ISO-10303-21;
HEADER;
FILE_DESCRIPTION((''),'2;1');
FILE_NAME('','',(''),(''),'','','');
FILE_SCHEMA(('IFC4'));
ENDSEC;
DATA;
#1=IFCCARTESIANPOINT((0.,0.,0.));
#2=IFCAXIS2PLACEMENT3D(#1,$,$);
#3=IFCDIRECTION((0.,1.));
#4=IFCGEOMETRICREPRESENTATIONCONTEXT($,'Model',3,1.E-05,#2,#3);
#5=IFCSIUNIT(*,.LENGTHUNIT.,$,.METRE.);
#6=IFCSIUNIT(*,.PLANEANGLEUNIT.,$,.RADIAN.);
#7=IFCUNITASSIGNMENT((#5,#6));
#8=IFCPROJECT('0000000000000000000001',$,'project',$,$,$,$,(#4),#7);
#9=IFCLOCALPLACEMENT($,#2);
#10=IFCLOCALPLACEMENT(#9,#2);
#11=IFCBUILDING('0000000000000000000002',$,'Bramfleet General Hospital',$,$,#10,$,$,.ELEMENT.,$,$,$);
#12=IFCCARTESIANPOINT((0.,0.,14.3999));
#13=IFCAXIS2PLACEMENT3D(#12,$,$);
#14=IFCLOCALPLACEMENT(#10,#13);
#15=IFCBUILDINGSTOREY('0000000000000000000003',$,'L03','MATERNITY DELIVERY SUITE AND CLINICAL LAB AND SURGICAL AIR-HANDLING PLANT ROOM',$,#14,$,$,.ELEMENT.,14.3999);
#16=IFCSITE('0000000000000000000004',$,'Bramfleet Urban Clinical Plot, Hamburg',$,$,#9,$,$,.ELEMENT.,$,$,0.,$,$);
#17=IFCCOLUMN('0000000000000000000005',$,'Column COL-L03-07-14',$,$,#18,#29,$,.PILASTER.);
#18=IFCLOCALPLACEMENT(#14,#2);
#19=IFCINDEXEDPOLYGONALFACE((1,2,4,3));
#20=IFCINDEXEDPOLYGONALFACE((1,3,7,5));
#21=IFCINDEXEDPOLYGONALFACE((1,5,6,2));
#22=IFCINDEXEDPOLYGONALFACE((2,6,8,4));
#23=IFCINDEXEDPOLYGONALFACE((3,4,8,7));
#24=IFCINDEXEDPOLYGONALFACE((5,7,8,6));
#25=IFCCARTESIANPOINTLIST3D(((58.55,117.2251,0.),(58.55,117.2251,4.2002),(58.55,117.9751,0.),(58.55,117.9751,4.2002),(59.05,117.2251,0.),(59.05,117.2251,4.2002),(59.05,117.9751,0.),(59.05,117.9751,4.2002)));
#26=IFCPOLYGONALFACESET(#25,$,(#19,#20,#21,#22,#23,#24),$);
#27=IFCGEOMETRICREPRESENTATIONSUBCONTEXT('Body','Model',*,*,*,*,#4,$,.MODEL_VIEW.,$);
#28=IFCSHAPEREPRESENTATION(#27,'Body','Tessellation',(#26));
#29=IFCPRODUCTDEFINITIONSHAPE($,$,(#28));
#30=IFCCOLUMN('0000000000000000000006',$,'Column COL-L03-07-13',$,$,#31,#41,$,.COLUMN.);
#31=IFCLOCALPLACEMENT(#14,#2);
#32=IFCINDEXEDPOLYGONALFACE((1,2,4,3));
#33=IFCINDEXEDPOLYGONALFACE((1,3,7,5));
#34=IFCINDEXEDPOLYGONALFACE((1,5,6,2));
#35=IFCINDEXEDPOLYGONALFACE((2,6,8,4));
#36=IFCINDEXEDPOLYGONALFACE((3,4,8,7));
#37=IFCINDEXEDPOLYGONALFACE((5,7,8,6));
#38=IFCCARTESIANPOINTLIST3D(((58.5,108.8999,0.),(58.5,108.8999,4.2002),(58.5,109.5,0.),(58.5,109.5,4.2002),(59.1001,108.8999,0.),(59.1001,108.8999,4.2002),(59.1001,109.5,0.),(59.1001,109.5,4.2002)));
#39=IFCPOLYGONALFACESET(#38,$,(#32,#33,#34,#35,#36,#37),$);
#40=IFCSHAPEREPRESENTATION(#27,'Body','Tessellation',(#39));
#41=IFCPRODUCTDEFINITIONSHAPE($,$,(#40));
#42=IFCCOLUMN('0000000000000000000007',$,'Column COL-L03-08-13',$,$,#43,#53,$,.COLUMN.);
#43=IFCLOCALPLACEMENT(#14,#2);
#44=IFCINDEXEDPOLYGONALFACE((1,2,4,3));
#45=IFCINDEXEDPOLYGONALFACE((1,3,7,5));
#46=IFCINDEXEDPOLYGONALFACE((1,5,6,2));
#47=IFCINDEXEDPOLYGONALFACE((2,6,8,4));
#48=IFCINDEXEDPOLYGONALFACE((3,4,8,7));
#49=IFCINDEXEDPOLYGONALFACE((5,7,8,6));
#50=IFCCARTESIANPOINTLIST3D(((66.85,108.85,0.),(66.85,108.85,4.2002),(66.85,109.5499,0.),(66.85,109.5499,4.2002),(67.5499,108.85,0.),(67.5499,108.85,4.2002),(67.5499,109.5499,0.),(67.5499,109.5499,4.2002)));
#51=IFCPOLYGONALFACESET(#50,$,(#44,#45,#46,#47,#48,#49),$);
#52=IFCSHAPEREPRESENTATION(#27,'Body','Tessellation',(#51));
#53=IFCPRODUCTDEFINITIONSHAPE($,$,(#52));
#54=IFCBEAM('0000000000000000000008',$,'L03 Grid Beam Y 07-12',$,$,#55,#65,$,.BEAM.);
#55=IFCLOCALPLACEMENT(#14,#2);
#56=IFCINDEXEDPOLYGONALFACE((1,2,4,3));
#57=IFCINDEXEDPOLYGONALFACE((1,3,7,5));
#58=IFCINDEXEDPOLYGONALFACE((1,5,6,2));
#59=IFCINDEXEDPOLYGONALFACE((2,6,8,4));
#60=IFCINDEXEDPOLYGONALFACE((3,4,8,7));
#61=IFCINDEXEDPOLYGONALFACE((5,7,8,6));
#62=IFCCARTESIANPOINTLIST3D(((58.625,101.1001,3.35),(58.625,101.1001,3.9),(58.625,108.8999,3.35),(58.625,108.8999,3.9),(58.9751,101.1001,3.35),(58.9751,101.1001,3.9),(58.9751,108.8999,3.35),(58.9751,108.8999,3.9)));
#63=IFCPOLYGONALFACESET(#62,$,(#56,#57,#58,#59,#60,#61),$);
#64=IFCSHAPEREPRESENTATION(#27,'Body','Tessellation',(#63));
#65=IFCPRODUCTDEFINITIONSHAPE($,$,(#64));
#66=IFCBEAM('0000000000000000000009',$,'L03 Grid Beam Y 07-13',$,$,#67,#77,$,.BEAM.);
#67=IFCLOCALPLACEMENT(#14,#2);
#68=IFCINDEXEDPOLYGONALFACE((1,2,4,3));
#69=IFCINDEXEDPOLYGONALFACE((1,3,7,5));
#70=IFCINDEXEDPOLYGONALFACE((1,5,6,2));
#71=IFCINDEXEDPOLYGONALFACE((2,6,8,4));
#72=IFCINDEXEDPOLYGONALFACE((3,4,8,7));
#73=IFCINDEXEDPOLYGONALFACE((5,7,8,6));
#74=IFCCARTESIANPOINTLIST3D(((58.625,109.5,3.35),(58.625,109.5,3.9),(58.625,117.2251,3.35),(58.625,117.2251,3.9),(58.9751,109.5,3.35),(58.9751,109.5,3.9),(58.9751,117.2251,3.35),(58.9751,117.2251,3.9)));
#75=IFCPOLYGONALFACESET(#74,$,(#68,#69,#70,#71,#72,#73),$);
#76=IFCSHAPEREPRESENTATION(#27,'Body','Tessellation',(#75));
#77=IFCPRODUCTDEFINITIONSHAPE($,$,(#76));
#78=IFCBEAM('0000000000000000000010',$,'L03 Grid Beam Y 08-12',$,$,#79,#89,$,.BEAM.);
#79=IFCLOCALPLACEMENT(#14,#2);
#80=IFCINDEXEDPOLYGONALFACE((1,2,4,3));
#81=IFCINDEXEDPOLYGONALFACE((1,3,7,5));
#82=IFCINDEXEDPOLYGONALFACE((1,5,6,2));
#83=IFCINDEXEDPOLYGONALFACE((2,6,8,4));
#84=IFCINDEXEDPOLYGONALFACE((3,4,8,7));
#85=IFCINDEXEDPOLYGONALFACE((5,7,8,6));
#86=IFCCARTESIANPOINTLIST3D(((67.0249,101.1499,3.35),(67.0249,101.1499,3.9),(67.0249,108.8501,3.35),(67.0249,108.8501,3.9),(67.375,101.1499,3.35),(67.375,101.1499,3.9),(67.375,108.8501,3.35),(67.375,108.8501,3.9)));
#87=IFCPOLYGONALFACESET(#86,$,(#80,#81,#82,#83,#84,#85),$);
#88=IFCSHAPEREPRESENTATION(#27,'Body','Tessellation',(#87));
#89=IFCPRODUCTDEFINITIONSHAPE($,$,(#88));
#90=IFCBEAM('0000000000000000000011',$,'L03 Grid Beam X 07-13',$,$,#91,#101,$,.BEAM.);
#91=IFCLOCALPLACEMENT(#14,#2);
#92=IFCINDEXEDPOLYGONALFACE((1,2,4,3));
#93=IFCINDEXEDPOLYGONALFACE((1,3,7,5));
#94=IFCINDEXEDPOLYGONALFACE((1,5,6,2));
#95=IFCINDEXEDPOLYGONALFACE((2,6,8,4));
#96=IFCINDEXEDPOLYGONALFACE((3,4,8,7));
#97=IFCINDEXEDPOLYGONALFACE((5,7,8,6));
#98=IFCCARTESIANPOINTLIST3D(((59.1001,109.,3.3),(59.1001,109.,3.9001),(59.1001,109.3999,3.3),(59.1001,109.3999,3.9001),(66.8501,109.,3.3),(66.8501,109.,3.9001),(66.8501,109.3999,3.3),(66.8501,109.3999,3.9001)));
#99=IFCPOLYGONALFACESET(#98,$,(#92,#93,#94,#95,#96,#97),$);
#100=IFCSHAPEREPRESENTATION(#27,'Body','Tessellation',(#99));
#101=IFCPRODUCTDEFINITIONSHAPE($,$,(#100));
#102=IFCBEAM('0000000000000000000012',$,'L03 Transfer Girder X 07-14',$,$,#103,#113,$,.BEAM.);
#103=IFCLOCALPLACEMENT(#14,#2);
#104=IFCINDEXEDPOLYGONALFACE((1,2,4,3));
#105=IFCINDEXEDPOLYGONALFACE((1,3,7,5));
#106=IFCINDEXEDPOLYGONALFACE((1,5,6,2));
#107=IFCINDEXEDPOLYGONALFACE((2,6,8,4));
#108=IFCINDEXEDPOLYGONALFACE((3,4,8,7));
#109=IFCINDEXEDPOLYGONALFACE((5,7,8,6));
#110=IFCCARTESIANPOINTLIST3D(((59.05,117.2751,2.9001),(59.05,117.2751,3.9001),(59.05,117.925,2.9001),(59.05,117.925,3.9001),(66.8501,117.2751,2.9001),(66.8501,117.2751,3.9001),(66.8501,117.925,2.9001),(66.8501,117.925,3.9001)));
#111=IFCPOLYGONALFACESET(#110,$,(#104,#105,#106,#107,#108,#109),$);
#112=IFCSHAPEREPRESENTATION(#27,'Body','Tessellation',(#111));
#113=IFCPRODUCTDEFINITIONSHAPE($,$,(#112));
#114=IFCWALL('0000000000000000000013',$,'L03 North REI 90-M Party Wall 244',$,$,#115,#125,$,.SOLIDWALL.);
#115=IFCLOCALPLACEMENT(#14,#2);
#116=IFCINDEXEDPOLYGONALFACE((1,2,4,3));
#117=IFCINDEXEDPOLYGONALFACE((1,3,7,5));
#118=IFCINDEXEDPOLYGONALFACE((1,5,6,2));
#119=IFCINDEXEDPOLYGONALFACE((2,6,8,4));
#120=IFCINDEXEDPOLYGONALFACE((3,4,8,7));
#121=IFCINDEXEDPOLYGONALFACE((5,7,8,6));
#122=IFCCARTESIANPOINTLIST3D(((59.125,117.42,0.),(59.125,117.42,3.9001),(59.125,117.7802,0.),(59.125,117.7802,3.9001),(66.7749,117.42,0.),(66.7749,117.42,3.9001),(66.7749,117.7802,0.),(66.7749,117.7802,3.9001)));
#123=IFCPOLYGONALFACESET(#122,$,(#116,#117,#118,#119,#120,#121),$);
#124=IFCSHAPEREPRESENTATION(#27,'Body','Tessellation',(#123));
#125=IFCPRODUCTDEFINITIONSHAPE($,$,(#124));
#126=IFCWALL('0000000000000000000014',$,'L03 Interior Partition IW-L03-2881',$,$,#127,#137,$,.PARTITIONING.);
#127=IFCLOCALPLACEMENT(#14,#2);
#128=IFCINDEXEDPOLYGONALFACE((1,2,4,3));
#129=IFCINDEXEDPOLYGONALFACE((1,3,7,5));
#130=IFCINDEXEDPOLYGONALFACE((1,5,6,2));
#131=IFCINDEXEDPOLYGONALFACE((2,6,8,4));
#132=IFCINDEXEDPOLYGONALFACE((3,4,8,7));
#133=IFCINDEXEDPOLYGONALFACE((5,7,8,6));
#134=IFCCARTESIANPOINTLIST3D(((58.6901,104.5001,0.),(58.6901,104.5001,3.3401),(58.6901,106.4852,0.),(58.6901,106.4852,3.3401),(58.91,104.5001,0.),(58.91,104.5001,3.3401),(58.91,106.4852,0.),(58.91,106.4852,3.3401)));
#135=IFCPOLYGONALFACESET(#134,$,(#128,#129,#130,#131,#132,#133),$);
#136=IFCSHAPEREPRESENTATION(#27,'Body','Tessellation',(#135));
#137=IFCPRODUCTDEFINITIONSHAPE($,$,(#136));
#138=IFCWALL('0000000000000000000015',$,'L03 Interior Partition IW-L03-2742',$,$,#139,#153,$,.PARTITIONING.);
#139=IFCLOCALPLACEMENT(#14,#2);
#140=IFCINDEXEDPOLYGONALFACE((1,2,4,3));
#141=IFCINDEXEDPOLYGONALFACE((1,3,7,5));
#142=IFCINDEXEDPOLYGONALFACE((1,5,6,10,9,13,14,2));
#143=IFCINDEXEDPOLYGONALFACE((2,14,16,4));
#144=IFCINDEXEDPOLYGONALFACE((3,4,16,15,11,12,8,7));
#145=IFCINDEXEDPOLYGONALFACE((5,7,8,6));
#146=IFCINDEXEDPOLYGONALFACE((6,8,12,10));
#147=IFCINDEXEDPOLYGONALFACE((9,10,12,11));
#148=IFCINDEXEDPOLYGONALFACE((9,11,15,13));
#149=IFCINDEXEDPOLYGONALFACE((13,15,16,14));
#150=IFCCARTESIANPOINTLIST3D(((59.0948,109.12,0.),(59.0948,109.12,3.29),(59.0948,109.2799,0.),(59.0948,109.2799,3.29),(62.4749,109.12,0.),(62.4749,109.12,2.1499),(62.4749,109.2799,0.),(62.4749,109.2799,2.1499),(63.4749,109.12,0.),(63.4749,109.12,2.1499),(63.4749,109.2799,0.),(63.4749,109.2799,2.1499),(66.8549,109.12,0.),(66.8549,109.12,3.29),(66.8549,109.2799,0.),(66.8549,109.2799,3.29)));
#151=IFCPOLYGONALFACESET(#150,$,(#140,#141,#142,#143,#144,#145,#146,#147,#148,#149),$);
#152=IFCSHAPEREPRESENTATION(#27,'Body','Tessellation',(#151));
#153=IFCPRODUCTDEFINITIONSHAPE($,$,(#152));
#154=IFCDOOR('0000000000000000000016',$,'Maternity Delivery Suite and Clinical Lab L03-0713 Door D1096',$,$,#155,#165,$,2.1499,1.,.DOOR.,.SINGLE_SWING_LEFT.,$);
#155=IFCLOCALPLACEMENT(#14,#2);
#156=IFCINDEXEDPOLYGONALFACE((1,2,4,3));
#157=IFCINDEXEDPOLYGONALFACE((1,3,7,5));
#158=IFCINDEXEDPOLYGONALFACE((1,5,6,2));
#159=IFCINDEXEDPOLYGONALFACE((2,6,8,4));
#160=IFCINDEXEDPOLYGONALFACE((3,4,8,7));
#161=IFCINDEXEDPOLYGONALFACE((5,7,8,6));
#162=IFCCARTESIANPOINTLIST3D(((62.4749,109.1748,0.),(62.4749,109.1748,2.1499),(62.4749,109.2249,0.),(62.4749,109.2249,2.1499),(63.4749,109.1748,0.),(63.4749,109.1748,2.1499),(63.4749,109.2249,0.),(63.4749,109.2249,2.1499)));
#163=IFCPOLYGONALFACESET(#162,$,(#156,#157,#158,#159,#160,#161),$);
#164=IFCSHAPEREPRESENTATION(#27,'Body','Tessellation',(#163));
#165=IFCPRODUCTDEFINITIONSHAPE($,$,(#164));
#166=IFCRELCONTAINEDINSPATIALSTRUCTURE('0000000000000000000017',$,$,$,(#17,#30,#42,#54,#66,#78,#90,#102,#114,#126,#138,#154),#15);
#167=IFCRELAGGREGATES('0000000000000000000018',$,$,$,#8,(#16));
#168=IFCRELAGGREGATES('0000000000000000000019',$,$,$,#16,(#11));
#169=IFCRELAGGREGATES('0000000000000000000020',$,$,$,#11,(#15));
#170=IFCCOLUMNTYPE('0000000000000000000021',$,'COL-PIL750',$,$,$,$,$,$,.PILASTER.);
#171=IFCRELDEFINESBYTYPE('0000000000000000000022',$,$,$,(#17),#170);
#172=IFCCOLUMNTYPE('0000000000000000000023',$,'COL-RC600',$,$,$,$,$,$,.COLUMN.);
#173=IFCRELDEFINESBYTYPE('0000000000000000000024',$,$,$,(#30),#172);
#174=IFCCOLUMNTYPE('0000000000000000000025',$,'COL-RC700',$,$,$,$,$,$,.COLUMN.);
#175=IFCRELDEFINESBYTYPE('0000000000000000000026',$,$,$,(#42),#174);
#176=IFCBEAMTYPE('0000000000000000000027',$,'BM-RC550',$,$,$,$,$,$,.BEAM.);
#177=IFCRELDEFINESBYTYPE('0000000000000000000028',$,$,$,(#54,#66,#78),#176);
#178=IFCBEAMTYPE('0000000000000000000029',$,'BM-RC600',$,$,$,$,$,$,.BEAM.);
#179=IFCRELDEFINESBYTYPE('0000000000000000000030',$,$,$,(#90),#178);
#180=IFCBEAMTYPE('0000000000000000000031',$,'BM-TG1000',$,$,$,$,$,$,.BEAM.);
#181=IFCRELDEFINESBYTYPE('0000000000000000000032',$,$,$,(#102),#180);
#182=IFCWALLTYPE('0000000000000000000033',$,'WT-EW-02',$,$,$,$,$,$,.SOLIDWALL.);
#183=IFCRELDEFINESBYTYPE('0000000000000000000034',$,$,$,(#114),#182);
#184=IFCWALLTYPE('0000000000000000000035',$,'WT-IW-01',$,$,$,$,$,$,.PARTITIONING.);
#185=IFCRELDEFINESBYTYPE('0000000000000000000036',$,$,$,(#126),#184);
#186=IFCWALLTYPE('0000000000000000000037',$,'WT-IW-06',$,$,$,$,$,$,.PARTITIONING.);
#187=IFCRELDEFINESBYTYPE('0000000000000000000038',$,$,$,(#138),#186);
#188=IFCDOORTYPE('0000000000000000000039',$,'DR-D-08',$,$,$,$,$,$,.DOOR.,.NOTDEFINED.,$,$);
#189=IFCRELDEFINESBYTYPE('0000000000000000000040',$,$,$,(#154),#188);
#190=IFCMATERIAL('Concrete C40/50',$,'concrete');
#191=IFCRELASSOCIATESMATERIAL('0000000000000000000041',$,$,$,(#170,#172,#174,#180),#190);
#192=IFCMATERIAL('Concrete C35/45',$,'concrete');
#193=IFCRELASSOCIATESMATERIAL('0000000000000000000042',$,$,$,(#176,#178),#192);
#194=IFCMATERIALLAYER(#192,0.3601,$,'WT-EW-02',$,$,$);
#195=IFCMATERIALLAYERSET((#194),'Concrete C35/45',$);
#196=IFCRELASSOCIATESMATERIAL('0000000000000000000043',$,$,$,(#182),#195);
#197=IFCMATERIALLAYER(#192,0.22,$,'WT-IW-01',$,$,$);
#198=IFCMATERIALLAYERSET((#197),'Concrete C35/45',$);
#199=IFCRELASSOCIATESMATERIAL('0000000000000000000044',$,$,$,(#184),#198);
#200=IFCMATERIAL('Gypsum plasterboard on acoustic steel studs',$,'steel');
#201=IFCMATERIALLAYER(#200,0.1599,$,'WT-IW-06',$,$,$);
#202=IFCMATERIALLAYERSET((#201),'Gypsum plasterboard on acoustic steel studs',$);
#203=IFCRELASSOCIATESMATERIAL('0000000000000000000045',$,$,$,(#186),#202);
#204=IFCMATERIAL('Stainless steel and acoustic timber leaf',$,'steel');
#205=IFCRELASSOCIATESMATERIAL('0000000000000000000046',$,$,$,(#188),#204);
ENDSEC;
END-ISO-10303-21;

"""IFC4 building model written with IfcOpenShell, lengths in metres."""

from ifc_helpers import new_model, si_unit, direction, frame, frame_2d, origin, origin_2d, place, context, subcontext, project, spatial, rectangle, extrude, material, layer, layer_set, material_profile, profile_set, type_object, element, fill, save


model = new_model("IFC4")

# Units and contexts
model_context = context("Model", 3, precision=1e-05, world=origin(), true_north=direction((0.0, 1.0)))
body_context = subcontext(model_context, "Body", "Model", "MODEL_VIEW")
ifc_project = project(units=[si_unit("LENGTHUNIT", "METRE"), si_unit("PLANEANGLEUNIT", "RADIAN")], contexts=[model_context])

# Site, building, storey
site_placement = place(None, origin())
site = spatial("IfcSite", under=ifc_project, at=site_placement, Name="Bramfleet Urban Clinical Plot, Hamburg", CompositionType="ELEMENT", RefElevation=0.0)
building_placement = place(site_placement, origin())
building = spatial("IfcBuilding", under=site, at=building_placement, Name="Bramfleet General Hospital", CompositionType="ELEMENT")
storey_placement = place(building_placement, frame((0.0, 0.0, 14.3999)))
storey = spatial("IfcBuildingStorey", under=building, at=storey_placement, Name="L03", Description="MATERNITY DELIVERY SUITE AND CLINICAL LAB AND SURGICAL AIR-HANDLING PLANT ROOM", CompositionType="ELEMENT", Elevation=14.3999)

# Columns
ifc_material_1 = material(Name="Concrete C40/50", Category="concrete")
ifc_material_profile_1 = material_profile(ifc_material_1, rectangle(XDim=0.5, YDim=0.75, at=origin_2d()), Name="RC PIL 750x500")
ifc_profile_set_1 = profile_set([ifc_material_profile_1], Name="Concrete C40/50")
column_type_1 = type_object("IfcColumnType", Name="COL-PIL750", PredefinedType="PILASTER", material=ifc_profile_set_1)
column_1_placement = place(storey_placement, frame((58.8, 117.6001, 0.0), z_axis=(0.0, 0.0, 1.0), x_axis=(1.0, 0.0, 0.0)))
element("IfcColumn", 1, at=column_1_placement, inside=storey, type_object=column_type_1, Name="Column COL-L03-07-14", PredefinedType="PILASTER", context=body_context, shape_type="SweptSolid", body=[
    extrude(rectangle(XDim=0.5, YDim=0.75, at=origin_2d()), origin(), (0.0, 0.0, 1.0), 4.2002),
])
ifc_material_profile_2 = material_profile(ifc_material_1, rectangle(XDim=0.6001, YDim=0.6001, at=origin_2d()), Name="RC COL 600x600")
ifc_profile_set_2 = profile_set([ifc_material_profile_2], Name="Concrete C40/50")
column_type_2 = type_object("IfcColumnType", Name="COL-RC600", PredefinedType="COLUMN", material=ifc_profile_set_2)
column_2_placement = place(storey_placement, frame((58.8, 109.2, 0.0), z_axis=(0.0, 0.0, 1.0), x_axis=(1.0, 0.0, 0.0)))
element("IfcColumn", 2, at=column_2_placement, inside=storey, type_object=column_type_2, Name="Column COL-L03-07-13", PredefinedType="COLUMN", context=body_context, shape_type="SweptSolid", body=[
    extrude(rectangle(XDim=0.6001, YDim=0.6001, at=origin_2d()), origin(), (0.0, 0.0, 1.0), 4.2002),
])
ifc_material_profile_3 = material_profile(ifc_material_1, rectangle(XDim=0.7, YDim=0.7, at=origin_2d()), Name="RC COL 700x700")
ifc_profile_set_3 = profile_set([ifc_material_profile_3], Name="Concrete C40/50")
column_type_3 = type_object("IfcColumnType", Name="COL-RC700", PredefinedType="COLUMN", material=ifc_profile_set_3)
column_3_placement = place(storey_placement, frame((67.2, 109.2, 0.0), z_axis=(0.0, 0.0, 1.0), x_axis=(1.0, 0.0, 0.0)))
element("IfcColumn", 3, at=column_3_placement, inside=storey, type_object=column_type_3, Name="Column COL-L03-08-13", PredefinedType="COLUMN", context=body_context, shape_type="SweptSolid", body=[
    extrude(rectangle(XDim=0.7, YDim=0.7, at=origin_2d()), origin(), (0.0, 0.0, 1.0), 4.2002),
])

# Beams
ifc_material_2 = material(Name="Concrete C35/45", Category="concrete")
ifc_material_profile_4 = material_profile(ifc_material_2, rectangle(XDim=0.3501, YDim=0.55, at=origin_2d()), Name="RC BM 550x350")
ifc_profile_set_4 = profile_set([ifc_material_profile_4], Name="Concrete C35/45")
beam_type_1 = type_object("IfcBeamType", Name="BM-RC550", PredefinedType="BEAM", material=ifc_profile_set_4)
beam_1_placement = place(storey_placement, frame((58.8, 101.1001, 3.625), z_axis=(0.0, 1.0, 0.0), x_axis=(-1.0, 0.0, 0.0)))
element("IfcBeam", 4, at=beam_1_placement, inside=storey, type_object=beam_type_1, Name="L03 Grid Beam Y 07-12", PredefinedType="BEAM", context=body_context, shape_type="SweptSolid", body=[
    extrude(rectangle(XDim=0.3501, YDim=0.55, at=origin_2d()), origin(), (0.0, 0.0, 1.0), 7.7998),
])
beam_2_placement = place(storey_placement, frame((58.8, 109.5, 3.625), z_axis=(0.0, 1.0, 0.0), x_axis=(-1.0, 0.0, 0.0)))
element("IfcBeam", 5, at=beam_2_placement, inside=storey, type_object=beam_type_1, Name="L03 Grid Beam Y 07-13", PredefinedType="BEAM", context=body_context, shape_type="SweptSolid", body=[
    extrude(rectangle(XDim=0.3501, YDim=0.55, at=origin_2d()), origin(), (0.0, 0.0, 1.0), 7.7251),
])
beam_3_placement = place(storey_placement, frame((67.2, 101.1499, 3.625), z_axis=(0.0, 1.0, 0.0), x_axis=(-1.0, 0.0, 0.0)))
element("IfcBeam", 6, at=beam_3_placement, inside=storey, type_object=beam_type_1, Name="L03 Grid Beam Y 08-12", PredefinedType="BEAM", context=body_context, shape_type="SweptSolid", body=[
    extrude(rectangle(XDim=0.3501, YDim=0.55, at=origin_2d()), origin(), (0.0, 0.0, 1.0), 7.7002),
])
ifc_material_profile_5 = material_profile(ifc_material_2, rectangle(XDim=0.3999, YDim=0.6001, at=origin_2d()), Name="RC BM 600x400")
ifc_profile_set_5 = profile_set([ifc_material_profile_5], Name="Concrete C35/45")
beam_type_2 = type_object("IfcBeamType", Name="BM-RC600", PredefinedType="BEAM", material=ifc_profile_set_5)
beam_4_placement = place(storey_placement, frame((59.1001, 109.2, 3.6001), z_axis=(1.0, 0.0, 0.0), x_axis=(0.0, 1.0, 0.0)))
element("IfcBeam", 7, at=beam_4_placement, inside=storey, type_object=beam_type_2, Name="L03 Grid Beam X 07-13", PredefinedType="BEAM", context=body_context, shape_type="SweptSolid", body=[
    extrude(rectangle(XDim=0.3999, YDim=0.6001, at=origin_2d()), origin(), (0.0, 0.0, 1.0), 7.75),
])
ifc_material_profile_6 = material_profile(ifc_material_1, rectangle(XDim=0.6499, YDim=1.0, at=origin_2d()), Name="RC TG 1000x650")
ifc_profile_set_6 = profile_set([ifc_material_profile_6], Name="Concrete C40/50")
beam_type_3 = type_object("IfcBeamType", Name="BM-TG1000", PredefinedType="BEAM", material=ifc_profile_set_6)
beam_5_placement = place(storey_placement, frame((59.05, 117.6001, 3.4001), z_axis=(1.0, 0.0, 0.0), x_axis=(0.0, 1.0, 0.0)))
element("IfcBeam", 8, at=beam_5_placement, inside=storey, type_object=beam_type_3, Name="L03 Transfer Girder X 07-14", PredefinedType="BEAM", context=body_context, shape_type="SweptSolid", body=[
    extrude(rectangle(XDim=0.6499, YDim=1.0, at=origin_2d()), origin(), (0.0, 0.0, 1.0), 7.8),
])

# Walls
ifc_layer_1 = layer(ifc_material_2, 0.3601, Name="WT-EW-02")
ifc_layer_set_1 = layer_set([ifc_layer_1], Name="Concrete C35/45")
wall_type_1 = type_object("IfcWallType", Name="WT-EW-02", PredefinedType="SOLIDWALL", material=ifc_layer_set_1)
wall_1_placement = place(storey_placement, frame((59.125, 117.6001, 0.0), z_axis=(0.0, 0.0, 1.0), x_axis=(1.0, 0.0, 0.0)))
element("IfcWall", 9, at=wall_1_placement, inside=storey, type_object=wall_type_1, Name="L03 North REI 90-M Party Wall 244", PredefinedType="SOLIDWALL", context=body_context, shape_type="SweptSolid", body=[
    extrude(rectangle(XDim=7.6499, YDim=0.3601, at=frame_2d((3.825, 0.0))), origin(), (0.0, 0.0, 1.0), 3.9001),
])
ifc_layer_2 = layer(ifc_material_2, 0.22, Name="WT-IW-01")
ifc_layer_set_2 = layer_set([ifc_layer_2], Name="Concrete C35/45")
wall_type_2 = type_object("IfcWallType", Name="WT-IW-01", PredefinedType="PARTITIONING", material=ifc_layer_set_2)
wall_2_placement = place(storey_placement, frame((58.8, 104.5, 0.0), z_axis=(0.0, 0.0, 1.0), x_axis=(0.0, 1.0, 0.0)))
element("IfcWall", 10, at=wall_2_placement, inside=storey, type_object=wall_type_2, Name="L03 Interior Partition IW-L03-2881", PredefinedType="PARTITIONING", context=body_context, shape_type="SweptSolid", body=[
    extrude(rectangle(XDim=1.9851, YDim=0.22, at=frame_2d((0.9927, 0.0))), origin(), (0.0, 0.0, 1.0), 3.3401),
])

# Wall, opening, door
ifc_material_3 = material(Name="Gypsum plasterboard on acoustic steel studs", Category="steel")
ifc_layer_3 = layer(ifc_material_3, 0.1599, Name="WT-IW-06")
ifc_layer_set_3 = layer_set([ifc_layer_3], Name="Gypsum plasterboard on acoustic steel studs")
wall_type_3 = type_object("IfcWallType", Name="WT-IW-06", PredefinedType="PARTITIONING", material=ifc_layer_set_3)
wall_3_placement = place(storey_placement, frame((59.095, 109.2, 0.0), z_axis=(0.0, 0.0, 1.0), x_axis=(1.0, 0.0, 0.0)))
wall_3 = element("IfcWall", 11, at=wall_3_placement, inside=storey, type_object=wall_type_3, Name="L03 Interior Partition IW-L03-2742", PredefinedType="PARTITIONING", context=body_context, shape_type="SweptSolid", body=[
    extrude(rectangle(XDim=7.76, YDim=0.1599, at=frame_2d((3.8799, 0.0))), origin(), (0.0, 0.0, 1.0), 3.29),
])
opening_1_placement = place(wall_3_placement, frame((3.3799, 0.0, 0.0)))
opening_1 = element("IfcOpeningElement", 12, at=opening_1_placement, cuts=wall_3, PredefinedType="OPENING", context=body_context, shape_type="SweptSolid", body=[
    extrude(rectangle(XDim=1.0, YDim=2.1499, at=frame_2d((0.5, 1.075))), frame((0.0, 0.0898, 0.0), z_axis=(0.0, -1.0, 0.0), x_axis=(1.0, 0.0, 0.0)), (0.0, 0.0, 1.0), 0.1799),
])
ifc_material_4 = material(Name="Stainless steel and acoustic timber leaf", Category="steel")
door_type_1 = type_object("IfcDoorType", Name="DR-D-08", OperationType="NOTDEFINED", PredefinedType="DOOR", material=ifc_material_4)
door_1_placement = place(opening_1_placement, origin())
door_1 = element("IfcDoor", 13, at=door_1_placement, inside=storey, type_object=door_type_1, Name="Maternity Delivery Suite and Clinical Lab L03-0713 Door D1096", OperationType="SINGLE_SWING_LEFT", OverallHeight=2.1499, OverallWidth=1.0, PredefinedType="DOOR", context=body_context, shape_type="SweptSolid", body=[
    extrude(rectangle(XDim=1.0, YDim=2.1499, at=frame_2d((0.5, 1.075))), frame((0.0, 0.0249, 0.0), z_axis=(0.0, -1.0, 0.0), x_axis=(1.0, 0.0, 0.0)), (0.0, 0.0, 1.0), 0.05),
])
fill(opening_1, door_1)

save(model, "model.ifc")
